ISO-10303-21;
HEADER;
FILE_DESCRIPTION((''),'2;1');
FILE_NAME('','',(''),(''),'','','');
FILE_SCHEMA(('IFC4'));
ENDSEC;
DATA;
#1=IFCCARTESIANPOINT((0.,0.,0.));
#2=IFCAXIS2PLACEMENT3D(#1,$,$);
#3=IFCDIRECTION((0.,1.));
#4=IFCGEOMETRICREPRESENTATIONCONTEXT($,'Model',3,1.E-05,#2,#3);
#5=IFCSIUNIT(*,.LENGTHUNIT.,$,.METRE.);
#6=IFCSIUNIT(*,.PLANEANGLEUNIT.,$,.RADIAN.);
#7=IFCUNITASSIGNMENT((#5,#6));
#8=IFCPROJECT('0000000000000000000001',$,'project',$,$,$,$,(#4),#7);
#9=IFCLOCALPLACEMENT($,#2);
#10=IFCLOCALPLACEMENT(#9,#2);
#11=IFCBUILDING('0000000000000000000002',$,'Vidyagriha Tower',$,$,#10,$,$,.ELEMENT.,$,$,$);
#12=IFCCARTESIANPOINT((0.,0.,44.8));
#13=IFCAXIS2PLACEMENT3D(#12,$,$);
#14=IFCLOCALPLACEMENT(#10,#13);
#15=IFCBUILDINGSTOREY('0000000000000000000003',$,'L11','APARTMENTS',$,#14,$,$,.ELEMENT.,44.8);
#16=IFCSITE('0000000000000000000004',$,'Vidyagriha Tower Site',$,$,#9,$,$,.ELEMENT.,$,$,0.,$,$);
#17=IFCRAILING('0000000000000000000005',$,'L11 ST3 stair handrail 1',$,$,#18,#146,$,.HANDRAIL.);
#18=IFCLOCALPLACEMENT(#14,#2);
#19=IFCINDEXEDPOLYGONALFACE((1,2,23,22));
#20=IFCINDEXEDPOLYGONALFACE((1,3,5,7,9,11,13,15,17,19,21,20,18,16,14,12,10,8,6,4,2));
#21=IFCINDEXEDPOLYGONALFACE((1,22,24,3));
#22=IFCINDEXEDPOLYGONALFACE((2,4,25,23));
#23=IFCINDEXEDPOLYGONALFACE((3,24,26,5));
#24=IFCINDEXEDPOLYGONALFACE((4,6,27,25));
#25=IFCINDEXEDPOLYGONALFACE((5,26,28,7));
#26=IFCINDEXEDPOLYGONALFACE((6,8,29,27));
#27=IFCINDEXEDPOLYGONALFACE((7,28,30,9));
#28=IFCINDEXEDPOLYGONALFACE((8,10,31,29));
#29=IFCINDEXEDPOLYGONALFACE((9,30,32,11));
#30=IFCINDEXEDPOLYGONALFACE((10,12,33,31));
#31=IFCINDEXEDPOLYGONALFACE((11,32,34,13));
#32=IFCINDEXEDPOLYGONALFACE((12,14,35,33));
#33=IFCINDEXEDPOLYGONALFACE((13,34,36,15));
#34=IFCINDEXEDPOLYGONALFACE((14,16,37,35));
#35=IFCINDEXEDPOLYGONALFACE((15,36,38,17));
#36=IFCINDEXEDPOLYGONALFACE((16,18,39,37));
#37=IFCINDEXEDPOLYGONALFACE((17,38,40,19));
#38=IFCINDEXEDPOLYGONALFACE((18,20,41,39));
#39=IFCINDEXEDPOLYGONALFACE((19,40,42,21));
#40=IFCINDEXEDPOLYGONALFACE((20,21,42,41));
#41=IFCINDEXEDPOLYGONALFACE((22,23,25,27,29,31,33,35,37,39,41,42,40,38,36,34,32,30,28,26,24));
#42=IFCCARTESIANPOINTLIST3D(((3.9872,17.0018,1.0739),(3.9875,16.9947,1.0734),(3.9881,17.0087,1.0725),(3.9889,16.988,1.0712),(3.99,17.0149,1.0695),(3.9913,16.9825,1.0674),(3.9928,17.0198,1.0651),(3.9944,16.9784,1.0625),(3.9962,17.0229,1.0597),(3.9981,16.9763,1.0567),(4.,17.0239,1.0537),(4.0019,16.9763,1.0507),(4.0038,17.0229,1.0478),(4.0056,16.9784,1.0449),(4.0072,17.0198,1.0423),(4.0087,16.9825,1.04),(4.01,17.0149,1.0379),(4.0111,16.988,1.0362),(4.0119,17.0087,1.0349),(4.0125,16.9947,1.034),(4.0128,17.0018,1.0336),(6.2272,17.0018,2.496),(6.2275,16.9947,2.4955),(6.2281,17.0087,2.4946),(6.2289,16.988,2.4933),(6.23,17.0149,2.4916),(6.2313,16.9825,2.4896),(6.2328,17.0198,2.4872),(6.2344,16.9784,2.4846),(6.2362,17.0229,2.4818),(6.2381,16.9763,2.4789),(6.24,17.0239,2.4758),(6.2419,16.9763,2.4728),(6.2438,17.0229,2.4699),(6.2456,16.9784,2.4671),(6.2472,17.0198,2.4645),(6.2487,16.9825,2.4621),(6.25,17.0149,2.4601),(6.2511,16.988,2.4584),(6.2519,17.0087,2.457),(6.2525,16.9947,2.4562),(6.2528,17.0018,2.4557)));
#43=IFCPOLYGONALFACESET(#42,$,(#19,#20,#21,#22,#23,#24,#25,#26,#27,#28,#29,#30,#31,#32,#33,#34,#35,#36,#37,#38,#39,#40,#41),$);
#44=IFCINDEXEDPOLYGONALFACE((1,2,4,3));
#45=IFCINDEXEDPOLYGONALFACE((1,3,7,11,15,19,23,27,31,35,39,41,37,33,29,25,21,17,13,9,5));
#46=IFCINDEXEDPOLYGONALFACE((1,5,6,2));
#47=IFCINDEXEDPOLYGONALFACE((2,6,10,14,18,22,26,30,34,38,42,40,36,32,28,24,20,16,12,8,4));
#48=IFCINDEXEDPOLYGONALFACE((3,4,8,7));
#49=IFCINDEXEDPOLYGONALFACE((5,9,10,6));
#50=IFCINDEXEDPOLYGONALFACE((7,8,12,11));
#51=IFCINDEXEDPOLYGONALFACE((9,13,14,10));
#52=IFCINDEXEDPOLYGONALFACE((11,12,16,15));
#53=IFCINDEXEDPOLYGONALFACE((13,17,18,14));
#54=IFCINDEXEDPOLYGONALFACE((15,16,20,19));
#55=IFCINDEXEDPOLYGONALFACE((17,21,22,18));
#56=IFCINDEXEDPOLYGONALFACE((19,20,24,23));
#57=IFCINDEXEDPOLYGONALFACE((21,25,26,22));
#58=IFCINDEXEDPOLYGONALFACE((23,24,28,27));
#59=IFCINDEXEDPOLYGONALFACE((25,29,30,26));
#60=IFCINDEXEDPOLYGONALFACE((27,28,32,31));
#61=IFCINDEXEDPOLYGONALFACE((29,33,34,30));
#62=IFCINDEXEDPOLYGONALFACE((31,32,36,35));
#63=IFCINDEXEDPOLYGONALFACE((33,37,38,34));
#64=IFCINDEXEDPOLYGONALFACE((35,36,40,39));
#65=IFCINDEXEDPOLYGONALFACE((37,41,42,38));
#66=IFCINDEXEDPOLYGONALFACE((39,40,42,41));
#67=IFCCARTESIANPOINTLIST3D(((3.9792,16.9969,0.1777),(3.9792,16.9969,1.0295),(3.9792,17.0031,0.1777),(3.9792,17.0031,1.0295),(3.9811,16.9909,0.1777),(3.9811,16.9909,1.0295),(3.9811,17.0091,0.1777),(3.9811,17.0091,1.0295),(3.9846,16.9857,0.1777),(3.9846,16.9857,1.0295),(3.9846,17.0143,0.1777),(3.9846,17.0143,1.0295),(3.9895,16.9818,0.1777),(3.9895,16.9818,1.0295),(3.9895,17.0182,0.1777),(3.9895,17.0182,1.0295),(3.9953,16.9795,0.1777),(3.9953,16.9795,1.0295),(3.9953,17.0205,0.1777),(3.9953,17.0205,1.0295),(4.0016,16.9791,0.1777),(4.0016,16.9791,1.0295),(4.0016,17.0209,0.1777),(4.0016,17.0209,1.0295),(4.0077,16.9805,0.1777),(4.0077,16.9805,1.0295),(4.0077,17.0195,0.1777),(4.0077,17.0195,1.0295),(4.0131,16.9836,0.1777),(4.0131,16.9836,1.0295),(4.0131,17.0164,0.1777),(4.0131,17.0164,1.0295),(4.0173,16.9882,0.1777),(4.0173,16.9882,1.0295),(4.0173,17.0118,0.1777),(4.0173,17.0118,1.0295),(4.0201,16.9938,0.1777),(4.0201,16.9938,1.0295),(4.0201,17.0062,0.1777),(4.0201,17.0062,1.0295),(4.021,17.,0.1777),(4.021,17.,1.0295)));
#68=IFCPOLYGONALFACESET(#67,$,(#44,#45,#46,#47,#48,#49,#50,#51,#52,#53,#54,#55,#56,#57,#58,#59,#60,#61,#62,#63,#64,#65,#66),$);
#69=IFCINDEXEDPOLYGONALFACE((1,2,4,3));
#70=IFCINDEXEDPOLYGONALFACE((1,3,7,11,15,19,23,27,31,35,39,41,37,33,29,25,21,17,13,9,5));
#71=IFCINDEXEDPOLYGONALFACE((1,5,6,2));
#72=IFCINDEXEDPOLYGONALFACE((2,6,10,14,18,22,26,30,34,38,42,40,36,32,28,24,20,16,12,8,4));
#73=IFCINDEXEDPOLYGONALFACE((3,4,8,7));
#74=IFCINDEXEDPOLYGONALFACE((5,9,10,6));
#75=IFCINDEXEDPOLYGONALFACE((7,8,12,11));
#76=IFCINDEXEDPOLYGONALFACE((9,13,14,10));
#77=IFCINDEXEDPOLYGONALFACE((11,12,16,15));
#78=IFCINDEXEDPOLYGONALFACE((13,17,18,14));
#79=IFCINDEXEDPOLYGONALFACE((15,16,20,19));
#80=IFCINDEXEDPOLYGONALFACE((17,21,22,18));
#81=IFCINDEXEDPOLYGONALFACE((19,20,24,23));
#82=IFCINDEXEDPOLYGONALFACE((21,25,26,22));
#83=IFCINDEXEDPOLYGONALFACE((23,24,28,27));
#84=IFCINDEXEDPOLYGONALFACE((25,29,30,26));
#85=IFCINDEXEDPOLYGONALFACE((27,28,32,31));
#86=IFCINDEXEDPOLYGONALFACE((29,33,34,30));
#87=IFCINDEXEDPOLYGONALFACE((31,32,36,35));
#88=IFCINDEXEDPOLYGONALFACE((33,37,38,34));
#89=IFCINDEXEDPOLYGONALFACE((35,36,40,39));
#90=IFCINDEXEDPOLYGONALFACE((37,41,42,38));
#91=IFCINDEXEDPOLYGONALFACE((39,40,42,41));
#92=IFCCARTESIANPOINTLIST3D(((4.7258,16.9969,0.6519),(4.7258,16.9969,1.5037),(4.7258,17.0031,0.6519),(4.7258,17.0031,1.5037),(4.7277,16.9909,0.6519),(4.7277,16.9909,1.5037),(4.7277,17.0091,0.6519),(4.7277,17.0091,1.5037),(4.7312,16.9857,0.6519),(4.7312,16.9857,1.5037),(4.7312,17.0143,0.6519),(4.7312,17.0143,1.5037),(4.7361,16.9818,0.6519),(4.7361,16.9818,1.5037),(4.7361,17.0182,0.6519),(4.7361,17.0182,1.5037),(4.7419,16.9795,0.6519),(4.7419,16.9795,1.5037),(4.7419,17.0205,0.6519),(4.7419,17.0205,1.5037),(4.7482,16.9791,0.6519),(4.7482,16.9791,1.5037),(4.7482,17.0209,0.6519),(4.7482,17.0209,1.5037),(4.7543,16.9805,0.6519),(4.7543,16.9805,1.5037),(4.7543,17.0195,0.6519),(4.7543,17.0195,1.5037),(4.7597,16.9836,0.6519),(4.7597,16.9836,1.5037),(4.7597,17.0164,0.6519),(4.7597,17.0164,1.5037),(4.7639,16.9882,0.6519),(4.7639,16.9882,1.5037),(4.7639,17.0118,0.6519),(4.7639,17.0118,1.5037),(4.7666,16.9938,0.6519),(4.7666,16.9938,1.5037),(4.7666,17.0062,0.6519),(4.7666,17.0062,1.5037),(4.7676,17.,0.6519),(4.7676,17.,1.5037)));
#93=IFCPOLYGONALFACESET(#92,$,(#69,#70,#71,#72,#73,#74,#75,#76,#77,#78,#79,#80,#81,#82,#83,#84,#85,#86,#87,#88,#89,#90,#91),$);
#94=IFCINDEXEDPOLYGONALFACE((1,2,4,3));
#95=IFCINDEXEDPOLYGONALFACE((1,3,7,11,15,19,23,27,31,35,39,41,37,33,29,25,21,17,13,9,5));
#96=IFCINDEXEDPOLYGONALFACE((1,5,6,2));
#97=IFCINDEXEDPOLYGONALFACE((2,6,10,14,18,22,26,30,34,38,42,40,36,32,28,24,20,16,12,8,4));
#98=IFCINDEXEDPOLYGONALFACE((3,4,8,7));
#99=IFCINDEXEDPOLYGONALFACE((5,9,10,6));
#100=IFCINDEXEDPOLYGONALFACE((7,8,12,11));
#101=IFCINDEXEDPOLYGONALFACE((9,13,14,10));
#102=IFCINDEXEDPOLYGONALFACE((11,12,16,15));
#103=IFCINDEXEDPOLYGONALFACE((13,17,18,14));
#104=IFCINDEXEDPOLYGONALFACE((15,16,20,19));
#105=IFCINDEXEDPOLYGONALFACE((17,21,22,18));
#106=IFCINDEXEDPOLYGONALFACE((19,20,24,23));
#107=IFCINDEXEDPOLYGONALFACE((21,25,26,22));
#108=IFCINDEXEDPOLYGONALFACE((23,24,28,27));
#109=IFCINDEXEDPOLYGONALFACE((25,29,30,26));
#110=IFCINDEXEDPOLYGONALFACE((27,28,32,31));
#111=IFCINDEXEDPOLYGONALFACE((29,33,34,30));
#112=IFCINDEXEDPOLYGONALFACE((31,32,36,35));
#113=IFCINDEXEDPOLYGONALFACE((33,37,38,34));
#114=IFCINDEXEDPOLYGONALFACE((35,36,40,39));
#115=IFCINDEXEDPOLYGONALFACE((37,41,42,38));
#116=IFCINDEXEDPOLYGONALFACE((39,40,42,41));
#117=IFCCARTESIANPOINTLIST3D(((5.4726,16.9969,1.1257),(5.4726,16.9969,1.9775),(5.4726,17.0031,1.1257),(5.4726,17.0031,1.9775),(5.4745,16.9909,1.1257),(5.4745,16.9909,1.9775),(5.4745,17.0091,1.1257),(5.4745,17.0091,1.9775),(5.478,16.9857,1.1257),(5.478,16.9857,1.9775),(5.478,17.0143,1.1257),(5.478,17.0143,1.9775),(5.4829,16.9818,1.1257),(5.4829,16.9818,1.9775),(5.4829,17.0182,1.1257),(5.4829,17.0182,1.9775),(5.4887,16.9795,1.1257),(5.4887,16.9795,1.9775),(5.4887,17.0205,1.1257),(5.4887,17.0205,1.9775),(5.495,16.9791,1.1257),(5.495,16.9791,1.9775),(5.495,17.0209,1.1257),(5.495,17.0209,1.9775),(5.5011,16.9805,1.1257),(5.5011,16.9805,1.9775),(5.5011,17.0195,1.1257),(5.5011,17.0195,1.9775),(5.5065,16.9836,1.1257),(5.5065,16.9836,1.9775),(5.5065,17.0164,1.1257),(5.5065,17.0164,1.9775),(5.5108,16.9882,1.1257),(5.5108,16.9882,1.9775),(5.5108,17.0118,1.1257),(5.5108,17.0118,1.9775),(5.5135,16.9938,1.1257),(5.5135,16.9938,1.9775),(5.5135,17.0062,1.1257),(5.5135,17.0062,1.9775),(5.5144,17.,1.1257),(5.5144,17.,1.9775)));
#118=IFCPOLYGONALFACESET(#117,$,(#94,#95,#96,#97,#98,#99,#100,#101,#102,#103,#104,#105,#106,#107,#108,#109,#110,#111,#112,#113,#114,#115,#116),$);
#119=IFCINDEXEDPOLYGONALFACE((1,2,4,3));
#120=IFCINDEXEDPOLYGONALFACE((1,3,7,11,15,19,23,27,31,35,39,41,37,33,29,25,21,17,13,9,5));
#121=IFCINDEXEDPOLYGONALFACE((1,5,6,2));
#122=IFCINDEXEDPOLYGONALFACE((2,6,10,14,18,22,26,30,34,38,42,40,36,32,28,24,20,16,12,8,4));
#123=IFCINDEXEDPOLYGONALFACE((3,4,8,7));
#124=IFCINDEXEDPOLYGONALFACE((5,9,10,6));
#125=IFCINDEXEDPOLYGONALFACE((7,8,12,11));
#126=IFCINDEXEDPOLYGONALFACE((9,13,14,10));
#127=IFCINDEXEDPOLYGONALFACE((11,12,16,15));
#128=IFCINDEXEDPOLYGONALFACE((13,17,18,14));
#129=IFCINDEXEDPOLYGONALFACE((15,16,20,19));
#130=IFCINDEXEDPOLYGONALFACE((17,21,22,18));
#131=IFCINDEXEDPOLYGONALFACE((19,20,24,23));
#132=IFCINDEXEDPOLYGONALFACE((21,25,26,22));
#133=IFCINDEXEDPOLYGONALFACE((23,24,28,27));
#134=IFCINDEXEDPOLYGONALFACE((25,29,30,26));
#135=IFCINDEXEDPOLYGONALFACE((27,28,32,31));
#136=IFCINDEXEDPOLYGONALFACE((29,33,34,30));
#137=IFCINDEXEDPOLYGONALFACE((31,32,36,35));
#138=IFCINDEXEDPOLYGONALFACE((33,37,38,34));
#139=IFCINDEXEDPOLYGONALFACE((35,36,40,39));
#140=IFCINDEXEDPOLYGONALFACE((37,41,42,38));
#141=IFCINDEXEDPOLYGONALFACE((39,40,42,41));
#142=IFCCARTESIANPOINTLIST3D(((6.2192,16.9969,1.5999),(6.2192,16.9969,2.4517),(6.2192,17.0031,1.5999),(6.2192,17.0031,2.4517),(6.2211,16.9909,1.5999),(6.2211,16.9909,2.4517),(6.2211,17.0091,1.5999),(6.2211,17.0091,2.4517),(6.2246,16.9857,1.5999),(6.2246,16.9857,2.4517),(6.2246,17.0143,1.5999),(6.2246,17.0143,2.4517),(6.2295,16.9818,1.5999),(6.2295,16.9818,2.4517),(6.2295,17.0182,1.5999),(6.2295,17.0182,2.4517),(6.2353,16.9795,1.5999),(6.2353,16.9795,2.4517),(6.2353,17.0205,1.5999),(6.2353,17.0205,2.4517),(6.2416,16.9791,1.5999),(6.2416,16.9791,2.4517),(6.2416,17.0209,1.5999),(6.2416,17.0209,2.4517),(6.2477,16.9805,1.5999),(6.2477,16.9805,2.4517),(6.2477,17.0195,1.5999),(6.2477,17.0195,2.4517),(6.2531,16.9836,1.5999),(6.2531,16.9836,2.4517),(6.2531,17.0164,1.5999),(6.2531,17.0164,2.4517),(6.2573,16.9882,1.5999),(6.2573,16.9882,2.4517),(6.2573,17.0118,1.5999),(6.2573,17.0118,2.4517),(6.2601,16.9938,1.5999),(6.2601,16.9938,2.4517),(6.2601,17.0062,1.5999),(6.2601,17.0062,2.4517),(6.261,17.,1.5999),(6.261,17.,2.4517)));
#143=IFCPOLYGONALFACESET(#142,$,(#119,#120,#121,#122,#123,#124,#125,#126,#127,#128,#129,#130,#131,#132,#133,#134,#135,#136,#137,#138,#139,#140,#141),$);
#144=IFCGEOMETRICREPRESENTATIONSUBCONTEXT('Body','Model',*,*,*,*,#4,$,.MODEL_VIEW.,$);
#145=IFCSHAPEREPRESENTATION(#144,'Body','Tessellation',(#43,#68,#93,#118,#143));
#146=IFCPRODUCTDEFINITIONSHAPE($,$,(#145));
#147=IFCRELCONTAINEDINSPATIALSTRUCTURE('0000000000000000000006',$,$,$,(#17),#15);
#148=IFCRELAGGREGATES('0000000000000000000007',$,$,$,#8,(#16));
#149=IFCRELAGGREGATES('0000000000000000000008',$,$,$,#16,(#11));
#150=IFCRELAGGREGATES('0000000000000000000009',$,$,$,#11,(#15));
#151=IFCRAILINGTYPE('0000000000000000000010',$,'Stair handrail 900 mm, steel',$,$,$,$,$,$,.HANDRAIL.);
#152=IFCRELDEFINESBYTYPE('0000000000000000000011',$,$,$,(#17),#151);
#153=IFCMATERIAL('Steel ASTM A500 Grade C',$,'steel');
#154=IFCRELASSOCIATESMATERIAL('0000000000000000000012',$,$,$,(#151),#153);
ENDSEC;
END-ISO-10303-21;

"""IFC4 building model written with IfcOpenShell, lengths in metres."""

from ifc_helpers import new_model, si_unit, direction, frame, origin, origin_2d, place, context, subcontext, project, spatial, circle, extrude, material, type_object, element, save


model = new_model("IFC4")

# Units and contexts
model_context = context("Model", 3, precision=1e-05, world=origin(), true_north=direction((0.0, 1.0)))
body_context = subcontext(model_context, "Body", "Model", "MODEL_VIEW")
ifc_project = project(units=[si_unit("LENGTHUNIT", "METRE"), si_unit("PLANEANGLEUNIT", "RADIAN")], contexts=[model_context])

# Site, building, storey
site_placement = place(None, origin())
site = spatial("IfcSite", under=ifc_project, at=site_placement, Name="Vidyagriha Tower Site", CompositionType="ELEMENT", RefElevation=0.0)
building_placement = place(site_placement, origin())
building = spatial("IfcBuilding", under=site, at=building_placement, Name="Vidyagriha Tower", CompositionType="ELEMENT")
storey_placement = place(building_placement, frame((0.0, 0.0, 44.8)))
storey = spatial("IfcBuildingStorey", under=building, at=storey_placement, Name="L11", Description="APARTMENTS", CompositionType="ELEMENT", Elevation=44.8)

# Railing
ifc_material_1 = material(Name="Steel ASTM A500 Grade C", Category="steel")
railing_type_1 = type_object("IfcRailingType", Name="Stair handrail 900 mm, steel", PredefinedType="HANDRAIL", material=ifc_material_1)
railing_1_placement = place(storey_placement, frame((4.0, 17.0, 0.1777)))
element("IfcRailing", 1, at=railing_1_placement, inside=storey, type_object=railing_type_1, Name="L11 ST3 stair handrail 1", PredefinedType="HANDRAIL", context=body_context, shape_type="SweptSolid", body=[
    extrude(circle(Radius=0.0239, at=origin_2d()), frame((0.0, 0.0, 0.876), z_axis=(0.844229, 0.0, 0.535982), x_axis=(0.0, 1.0, 0.0)), (0.0, 0.0, 1.0), 2.6533),
    extrude(circle(Radius=0.021, at=origin_2d()), origin(), (0.0, 0.0, 1.0), 0.8518),
    extrude(circle(Radius=0.021, at=origin_2d()), frame((0.7466, 0.0, 0.4741)), (0.0, 0.0, 1.0), 0.8518),
    extrude(circle(Radius=0.021, at=origin_2d()), frame((1.4934, 0.0, 0.948)), (0.0, 0.0, 1.0), 0.8518),
    extrude(circle(Radius=0.021, at=origin_2d()), frame((2.24, 0.0, 1.4221)), (0.0, 0.0, 1.0), 0.8518),
])

save(model, "model.ifc")
